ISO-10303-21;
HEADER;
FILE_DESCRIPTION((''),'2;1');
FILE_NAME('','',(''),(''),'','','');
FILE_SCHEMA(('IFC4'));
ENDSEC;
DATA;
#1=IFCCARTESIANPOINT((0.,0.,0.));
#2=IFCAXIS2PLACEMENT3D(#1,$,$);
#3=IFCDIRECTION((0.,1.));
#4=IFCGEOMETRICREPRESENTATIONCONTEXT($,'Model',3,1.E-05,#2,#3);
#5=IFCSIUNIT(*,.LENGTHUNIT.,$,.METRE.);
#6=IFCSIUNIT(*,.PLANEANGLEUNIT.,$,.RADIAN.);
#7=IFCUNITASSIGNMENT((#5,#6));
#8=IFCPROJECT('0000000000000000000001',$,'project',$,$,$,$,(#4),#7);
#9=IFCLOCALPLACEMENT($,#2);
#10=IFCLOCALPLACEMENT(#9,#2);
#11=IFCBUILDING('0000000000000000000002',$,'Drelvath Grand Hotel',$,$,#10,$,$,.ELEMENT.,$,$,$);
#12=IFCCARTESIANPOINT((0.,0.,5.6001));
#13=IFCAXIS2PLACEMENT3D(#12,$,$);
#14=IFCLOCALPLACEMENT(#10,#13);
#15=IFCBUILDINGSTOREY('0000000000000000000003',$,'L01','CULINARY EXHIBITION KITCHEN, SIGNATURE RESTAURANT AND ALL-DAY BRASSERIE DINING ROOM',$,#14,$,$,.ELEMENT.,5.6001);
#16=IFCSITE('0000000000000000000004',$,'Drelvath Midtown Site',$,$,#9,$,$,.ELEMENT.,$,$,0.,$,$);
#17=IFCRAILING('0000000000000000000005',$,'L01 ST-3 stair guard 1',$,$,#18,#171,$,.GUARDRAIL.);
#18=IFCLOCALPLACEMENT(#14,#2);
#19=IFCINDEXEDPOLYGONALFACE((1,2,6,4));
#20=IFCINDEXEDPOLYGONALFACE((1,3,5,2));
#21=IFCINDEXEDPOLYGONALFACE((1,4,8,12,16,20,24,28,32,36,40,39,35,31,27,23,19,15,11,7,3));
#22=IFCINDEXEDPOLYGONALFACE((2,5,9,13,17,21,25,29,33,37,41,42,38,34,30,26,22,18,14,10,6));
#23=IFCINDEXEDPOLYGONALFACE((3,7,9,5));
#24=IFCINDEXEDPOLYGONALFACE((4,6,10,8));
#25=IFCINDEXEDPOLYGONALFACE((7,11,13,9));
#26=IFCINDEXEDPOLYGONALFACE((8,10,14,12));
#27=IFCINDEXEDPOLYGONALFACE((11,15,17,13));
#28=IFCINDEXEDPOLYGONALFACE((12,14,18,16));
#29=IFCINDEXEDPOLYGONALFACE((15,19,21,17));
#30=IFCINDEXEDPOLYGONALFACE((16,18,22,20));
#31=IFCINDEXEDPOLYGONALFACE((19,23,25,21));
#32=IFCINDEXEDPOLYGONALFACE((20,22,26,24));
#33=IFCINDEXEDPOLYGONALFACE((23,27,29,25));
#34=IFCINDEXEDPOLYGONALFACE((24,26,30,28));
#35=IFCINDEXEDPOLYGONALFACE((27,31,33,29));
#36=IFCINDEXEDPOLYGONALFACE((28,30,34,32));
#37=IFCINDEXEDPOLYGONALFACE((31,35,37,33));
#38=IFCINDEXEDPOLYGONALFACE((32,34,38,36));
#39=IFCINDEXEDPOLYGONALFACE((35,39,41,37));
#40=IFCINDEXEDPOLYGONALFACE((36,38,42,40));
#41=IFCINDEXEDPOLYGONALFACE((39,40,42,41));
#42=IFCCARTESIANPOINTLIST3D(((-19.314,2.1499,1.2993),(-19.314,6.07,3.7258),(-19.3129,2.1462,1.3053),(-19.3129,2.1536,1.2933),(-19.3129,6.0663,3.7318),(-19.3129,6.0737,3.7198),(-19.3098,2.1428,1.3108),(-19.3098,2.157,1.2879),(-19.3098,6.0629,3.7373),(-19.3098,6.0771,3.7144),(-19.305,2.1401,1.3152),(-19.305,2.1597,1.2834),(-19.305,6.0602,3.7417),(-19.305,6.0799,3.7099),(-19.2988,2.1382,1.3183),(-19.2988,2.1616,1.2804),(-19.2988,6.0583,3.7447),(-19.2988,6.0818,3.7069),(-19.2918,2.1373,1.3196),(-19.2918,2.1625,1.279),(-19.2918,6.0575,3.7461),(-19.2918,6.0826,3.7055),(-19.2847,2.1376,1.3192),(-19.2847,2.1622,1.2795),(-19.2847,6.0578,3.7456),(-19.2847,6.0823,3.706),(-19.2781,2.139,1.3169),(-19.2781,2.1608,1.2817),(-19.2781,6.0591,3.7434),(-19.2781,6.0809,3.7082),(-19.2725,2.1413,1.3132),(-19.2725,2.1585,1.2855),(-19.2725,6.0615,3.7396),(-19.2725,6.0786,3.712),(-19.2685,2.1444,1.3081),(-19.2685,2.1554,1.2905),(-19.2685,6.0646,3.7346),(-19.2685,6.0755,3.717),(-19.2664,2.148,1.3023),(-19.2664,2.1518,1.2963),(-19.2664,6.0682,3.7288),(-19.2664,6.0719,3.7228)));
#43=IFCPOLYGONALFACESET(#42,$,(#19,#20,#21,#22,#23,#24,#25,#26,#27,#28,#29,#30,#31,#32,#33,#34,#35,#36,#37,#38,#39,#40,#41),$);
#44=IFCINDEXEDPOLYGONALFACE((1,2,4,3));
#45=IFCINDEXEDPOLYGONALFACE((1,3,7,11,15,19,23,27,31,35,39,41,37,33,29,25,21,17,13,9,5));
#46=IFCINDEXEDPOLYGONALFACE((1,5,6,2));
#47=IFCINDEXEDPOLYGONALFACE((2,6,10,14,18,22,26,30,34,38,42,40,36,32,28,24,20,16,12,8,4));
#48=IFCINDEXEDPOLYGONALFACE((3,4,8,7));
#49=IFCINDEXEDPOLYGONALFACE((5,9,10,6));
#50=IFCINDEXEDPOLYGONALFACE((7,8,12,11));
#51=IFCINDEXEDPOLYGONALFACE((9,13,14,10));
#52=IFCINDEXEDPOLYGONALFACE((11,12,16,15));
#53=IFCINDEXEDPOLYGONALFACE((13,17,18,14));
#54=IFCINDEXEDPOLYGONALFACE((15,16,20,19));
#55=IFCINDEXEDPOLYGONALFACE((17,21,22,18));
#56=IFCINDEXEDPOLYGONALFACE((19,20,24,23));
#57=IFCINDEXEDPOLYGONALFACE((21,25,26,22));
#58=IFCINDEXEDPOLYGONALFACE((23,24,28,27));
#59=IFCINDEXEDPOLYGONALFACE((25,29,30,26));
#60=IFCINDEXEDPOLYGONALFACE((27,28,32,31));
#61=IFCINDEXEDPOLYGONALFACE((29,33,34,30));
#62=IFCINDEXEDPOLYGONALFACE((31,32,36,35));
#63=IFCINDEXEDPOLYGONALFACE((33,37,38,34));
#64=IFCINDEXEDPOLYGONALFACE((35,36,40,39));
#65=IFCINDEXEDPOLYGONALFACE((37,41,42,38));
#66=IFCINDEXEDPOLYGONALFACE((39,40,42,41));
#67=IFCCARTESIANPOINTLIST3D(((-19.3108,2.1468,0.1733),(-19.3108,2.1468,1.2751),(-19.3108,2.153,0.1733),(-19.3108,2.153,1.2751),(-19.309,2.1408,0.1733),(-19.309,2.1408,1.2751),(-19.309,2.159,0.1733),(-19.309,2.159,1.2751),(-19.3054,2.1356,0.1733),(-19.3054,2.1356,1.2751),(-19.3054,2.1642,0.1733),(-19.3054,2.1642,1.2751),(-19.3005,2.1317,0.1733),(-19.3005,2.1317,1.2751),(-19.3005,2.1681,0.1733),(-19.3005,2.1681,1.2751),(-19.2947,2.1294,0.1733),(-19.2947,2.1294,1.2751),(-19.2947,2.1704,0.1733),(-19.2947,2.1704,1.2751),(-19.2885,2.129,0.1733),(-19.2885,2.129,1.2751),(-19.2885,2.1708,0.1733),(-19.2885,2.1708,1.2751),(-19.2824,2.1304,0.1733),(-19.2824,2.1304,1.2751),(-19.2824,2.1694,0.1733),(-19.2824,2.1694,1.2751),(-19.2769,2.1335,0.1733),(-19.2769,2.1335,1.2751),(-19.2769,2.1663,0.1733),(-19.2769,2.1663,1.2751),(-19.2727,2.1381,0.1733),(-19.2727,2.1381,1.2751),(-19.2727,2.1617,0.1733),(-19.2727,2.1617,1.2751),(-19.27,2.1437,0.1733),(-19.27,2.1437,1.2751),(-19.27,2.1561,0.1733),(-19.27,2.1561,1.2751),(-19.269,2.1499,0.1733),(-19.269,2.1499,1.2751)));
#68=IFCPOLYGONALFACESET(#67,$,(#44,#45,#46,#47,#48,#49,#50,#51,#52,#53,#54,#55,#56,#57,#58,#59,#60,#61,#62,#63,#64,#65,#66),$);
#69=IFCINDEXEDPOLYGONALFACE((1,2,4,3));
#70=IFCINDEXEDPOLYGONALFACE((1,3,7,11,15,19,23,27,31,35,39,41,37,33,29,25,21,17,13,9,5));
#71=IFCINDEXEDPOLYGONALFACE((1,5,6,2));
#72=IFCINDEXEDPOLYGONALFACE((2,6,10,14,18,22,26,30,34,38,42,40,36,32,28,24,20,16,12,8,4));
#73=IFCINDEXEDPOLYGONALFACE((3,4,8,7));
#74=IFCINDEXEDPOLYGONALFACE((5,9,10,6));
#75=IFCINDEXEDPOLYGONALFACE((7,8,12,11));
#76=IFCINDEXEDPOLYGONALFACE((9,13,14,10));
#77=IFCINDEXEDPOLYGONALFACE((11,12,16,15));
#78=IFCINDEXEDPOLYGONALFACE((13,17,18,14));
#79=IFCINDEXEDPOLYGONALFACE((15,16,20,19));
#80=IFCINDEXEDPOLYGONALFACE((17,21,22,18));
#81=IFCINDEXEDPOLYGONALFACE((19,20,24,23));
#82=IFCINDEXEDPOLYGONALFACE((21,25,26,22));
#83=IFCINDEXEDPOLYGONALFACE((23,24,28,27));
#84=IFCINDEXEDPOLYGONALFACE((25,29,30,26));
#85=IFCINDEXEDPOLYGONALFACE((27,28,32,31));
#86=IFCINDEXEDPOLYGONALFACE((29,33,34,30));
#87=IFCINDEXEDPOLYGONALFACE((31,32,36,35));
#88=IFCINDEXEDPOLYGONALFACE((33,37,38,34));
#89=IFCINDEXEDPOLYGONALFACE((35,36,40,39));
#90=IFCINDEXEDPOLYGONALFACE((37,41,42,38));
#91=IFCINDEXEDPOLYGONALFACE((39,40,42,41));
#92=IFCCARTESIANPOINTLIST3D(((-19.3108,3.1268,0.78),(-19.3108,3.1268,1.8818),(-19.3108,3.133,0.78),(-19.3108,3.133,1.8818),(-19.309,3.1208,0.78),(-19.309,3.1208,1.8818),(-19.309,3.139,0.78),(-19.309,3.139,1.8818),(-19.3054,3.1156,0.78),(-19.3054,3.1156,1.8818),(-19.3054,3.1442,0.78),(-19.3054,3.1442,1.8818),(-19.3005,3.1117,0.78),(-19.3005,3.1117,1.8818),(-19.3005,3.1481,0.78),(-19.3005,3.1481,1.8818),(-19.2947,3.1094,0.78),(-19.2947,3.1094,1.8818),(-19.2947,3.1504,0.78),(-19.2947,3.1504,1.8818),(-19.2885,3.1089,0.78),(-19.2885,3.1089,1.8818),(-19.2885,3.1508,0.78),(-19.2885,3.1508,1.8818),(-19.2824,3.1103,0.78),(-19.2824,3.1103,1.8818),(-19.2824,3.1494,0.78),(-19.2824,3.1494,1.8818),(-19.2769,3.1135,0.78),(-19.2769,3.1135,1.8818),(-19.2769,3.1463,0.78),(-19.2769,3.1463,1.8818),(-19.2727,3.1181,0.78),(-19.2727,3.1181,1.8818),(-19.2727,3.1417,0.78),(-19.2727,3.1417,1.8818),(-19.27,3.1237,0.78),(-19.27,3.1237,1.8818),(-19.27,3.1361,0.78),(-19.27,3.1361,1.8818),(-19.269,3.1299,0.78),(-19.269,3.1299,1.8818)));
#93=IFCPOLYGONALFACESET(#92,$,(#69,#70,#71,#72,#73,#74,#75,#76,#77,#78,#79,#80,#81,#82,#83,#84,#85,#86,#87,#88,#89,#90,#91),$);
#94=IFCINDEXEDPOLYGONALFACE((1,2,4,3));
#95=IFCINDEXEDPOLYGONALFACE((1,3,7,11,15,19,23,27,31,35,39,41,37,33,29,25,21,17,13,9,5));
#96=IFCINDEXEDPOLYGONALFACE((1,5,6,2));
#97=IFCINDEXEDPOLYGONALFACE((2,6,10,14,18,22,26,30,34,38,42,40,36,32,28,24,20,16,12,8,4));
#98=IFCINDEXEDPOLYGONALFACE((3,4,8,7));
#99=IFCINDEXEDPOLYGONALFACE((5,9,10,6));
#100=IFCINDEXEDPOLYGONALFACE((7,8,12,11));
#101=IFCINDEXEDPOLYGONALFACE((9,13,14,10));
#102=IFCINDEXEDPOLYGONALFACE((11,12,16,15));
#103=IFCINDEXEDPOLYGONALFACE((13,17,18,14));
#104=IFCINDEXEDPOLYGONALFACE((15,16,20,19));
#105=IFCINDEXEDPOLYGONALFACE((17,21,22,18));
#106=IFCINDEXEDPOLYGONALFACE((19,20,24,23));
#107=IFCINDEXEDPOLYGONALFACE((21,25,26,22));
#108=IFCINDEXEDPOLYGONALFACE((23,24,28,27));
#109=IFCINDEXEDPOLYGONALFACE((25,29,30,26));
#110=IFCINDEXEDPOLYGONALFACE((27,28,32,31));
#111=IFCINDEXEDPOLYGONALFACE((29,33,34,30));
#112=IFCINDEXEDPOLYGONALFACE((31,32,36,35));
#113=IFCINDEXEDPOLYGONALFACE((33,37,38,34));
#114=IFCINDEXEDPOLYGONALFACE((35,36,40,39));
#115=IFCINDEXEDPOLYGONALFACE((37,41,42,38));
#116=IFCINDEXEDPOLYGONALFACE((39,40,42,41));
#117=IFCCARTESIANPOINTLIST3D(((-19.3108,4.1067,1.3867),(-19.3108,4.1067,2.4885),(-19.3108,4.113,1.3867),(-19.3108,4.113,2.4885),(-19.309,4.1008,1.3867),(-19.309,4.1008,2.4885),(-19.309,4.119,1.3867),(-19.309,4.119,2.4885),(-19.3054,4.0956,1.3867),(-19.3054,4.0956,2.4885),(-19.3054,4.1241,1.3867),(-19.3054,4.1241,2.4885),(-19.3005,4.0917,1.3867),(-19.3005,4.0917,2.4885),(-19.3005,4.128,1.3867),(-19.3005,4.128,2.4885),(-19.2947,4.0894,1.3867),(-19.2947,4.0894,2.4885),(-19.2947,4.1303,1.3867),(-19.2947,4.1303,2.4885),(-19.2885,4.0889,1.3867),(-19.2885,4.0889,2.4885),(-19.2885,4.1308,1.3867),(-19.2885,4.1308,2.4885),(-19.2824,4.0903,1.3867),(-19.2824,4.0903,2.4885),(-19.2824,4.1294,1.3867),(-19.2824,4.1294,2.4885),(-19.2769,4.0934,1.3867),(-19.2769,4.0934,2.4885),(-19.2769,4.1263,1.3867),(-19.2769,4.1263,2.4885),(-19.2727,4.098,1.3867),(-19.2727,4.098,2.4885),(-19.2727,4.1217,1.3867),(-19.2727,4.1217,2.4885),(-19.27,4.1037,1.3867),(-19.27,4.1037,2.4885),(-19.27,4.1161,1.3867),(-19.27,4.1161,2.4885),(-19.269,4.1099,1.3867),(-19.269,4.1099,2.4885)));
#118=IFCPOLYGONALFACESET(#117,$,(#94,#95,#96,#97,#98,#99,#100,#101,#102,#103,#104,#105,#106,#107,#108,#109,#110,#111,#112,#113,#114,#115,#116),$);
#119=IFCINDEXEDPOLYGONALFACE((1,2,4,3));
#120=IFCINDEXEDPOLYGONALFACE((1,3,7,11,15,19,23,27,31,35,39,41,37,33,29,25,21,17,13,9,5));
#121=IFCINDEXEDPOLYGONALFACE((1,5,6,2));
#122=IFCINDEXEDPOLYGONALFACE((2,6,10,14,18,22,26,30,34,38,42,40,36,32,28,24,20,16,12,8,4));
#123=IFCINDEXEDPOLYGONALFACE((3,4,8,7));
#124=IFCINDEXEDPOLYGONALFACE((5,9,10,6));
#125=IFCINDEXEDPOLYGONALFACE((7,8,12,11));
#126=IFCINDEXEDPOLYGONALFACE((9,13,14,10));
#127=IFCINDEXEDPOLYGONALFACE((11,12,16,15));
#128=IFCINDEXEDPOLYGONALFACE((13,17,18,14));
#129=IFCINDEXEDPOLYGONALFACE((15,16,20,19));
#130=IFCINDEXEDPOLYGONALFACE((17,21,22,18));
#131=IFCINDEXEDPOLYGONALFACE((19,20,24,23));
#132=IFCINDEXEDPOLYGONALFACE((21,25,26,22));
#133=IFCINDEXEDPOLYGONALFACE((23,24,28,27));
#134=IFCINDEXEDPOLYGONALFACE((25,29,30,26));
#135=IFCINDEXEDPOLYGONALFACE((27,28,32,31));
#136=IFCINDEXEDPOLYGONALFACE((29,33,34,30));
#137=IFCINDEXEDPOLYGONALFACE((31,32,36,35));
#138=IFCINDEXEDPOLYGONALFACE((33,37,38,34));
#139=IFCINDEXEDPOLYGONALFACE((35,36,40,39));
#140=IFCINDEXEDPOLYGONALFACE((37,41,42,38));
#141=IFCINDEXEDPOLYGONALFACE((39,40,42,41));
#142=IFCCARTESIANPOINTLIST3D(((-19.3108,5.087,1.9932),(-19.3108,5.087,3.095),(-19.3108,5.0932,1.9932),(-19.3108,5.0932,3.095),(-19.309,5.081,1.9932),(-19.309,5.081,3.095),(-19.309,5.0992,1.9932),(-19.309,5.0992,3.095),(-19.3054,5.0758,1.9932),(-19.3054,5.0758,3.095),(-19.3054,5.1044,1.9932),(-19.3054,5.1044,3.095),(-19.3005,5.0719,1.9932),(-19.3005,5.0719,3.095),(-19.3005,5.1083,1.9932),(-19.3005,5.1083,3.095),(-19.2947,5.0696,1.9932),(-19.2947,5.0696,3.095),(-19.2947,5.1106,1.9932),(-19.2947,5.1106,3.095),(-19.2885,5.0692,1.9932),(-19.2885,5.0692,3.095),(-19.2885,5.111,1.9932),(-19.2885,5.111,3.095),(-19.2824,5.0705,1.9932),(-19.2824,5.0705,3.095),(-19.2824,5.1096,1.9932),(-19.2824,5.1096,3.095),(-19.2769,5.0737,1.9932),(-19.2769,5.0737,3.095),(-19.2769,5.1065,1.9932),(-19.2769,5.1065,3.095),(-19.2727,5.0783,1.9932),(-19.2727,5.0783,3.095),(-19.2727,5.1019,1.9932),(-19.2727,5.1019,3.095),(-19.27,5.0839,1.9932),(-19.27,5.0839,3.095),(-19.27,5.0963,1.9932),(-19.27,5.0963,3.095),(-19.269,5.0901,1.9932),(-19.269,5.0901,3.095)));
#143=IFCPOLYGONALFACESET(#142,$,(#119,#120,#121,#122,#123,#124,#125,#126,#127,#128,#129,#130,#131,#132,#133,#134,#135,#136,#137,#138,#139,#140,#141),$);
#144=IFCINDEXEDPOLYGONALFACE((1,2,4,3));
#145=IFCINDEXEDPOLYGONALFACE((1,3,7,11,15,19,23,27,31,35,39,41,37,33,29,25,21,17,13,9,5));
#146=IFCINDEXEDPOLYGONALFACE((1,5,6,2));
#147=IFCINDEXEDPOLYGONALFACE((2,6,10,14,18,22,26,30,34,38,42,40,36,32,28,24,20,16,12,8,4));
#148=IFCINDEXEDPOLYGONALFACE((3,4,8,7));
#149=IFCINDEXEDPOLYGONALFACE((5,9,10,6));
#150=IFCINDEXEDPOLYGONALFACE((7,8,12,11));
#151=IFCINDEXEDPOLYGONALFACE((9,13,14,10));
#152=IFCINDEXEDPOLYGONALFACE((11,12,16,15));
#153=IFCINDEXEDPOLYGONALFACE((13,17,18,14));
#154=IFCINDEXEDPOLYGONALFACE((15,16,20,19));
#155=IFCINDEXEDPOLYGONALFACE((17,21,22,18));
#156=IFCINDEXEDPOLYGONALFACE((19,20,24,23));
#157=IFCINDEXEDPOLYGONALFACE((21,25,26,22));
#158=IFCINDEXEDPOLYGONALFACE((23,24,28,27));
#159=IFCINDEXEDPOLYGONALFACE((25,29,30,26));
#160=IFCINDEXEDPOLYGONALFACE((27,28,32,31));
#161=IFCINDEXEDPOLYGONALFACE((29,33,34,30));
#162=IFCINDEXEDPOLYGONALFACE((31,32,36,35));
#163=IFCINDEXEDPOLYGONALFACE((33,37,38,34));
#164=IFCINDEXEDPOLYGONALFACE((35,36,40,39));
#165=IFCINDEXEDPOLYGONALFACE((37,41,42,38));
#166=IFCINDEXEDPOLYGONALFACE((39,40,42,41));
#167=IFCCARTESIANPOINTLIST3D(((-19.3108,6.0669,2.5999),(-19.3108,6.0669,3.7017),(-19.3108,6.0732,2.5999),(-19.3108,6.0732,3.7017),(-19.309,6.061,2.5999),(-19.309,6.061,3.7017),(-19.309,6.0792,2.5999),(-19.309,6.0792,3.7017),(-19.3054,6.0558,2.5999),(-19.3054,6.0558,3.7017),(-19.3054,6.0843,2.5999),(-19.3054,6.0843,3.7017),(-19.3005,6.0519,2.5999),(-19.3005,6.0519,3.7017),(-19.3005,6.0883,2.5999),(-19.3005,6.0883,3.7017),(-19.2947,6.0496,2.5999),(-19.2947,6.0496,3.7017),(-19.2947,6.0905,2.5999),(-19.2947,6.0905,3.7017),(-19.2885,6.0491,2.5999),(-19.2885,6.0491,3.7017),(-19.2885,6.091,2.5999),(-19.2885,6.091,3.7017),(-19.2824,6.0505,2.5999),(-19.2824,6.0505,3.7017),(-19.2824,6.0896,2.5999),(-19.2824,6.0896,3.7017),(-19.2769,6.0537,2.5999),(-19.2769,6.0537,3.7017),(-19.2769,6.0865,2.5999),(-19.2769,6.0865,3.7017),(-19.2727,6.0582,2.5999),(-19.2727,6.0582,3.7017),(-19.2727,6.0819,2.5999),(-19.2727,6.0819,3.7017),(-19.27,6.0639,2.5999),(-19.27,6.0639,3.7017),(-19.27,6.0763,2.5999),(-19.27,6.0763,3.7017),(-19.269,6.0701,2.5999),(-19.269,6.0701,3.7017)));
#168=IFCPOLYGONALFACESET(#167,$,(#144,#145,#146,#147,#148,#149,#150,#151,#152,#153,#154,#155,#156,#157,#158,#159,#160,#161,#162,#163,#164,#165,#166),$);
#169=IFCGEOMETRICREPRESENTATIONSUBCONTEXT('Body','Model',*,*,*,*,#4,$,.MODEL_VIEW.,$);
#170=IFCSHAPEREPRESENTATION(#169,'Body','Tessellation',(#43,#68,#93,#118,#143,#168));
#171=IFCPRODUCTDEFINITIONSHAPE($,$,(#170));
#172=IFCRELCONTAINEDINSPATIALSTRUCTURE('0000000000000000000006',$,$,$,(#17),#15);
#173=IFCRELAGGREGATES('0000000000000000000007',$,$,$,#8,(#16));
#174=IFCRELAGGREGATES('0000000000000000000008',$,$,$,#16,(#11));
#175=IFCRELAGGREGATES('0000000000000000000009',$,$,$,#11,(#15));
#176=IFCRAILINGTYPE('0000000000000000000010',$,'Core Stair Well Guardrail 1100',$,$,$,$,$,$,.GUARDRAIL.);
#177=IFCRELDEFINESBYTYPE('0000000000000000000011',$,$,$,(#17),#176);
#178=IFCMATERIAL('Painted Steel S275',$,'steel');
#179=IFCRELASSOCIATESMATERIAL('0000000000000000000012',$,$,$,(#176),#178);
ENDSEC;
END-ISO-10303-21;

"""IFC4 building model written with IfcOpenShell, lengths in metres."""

from ifc_helpers import new_model, si_unit, direction, frame, origin, origin_2d, place, context, subcontext, project, spatial, circle, extrude, material, type_object, element, save


model = new_model("IFC4")

# Units and contexts
model_context = context("Model", 3, precision=1e-05, world=origin(), true_north=direction((0.0, 1.0)))
body_context = subcontext(model_context, "Body", "Model", "MODEL_VIEW")
ifc_project = project(units=[si_unit("LENGTHUNIT", "METRE"), si_unit("PLANEANGLEUNIT", "RADIAN")], contexts=[model_context])

# Site, building, storey
site_placement = place(None, origin())
site = spatial("IfcSite", under=ifc_project, at=site_placement, Name="Drelvath Midtown Site", CompositionType="ELEMENT", RefElevation=0.0)
building_placement = place(site_placement, origin())
building = spatial("IfcBuilding", under=site, at=building_placement, Name="Drelvath Grand Hotel", CompositionType="ELEMENT")
storey_placement = place(building_placement, frame((0.0, 0.0, 5.6001)))
storey = spatial("IfcBuildingStorey", under=building, at=storey_placement, Name="L01", Description="CULINARY EXHIBITION KITCHEN, SIGNATURE RESTAURANT AND ALL-DAY BRASSERIE DINING ROOM", CompositionType="ELEMENT", Elevation=5.6001)

# Shared definitions
ifc_material_1 = material(Name="Painted Steel S275", Category="steel")

# Railing
railing_type_1 = type_object("IfcRailingType", Name="Core Stair Well Guardrail 1100", PredefinedType="GUARDRAIL", material=ifc_material_1)
railing_1_placement = place(storey_placement, frame((-19.29, 2.1499, 0.1733)))
element("IfcRailing", 1, at=railing_1_placement, inside=storey, type_object=railing_type_1, Name="L01 ST-3 stair guard 1", PredefinedType="GUARDRAIL", context=body_context, shape_type="SweptSolid", body=[
    extrude(circle(Radius=0.0239, at=origin_2d()), frame((0.0, 0.0, 1.126), z_axis=(0.0, 0.85029, 0.526315), x_axis=(-1.0, 0.0, 0.0)), (0.0, 0.0, 1.0), 4.6104),
    extrude(circle(Radius=0.021, at=origin_2d()), origin(), (0.0, 0.0, 1.0), 1.1018),
    extrude(circle(Radius=0.021, at=origin_2d()), frame((0.0, 0.98, 0.6067)), (0.0, 0.0, 1.0), 1.1018),
    extrude(circle(Radius=0.021, at=origin_2d()), frame((0.0, 1.96, 1.2134)), (0.0, 0.0, 1.0), 1.1018),
    extrude(circle(Radius=0.021, at=origin_2d()), frame((0.0, 2.9402, 1.8198)), (0.0, 0.0, 1.0), 1.1018),
    extrude(circle(Radius=0.021, at=origin_2d()), frame((0.0, 3.9202, 2.4265)), (0.0, 0.0, 1.0), 1.1018),
])

save(model, "model.ifc")
